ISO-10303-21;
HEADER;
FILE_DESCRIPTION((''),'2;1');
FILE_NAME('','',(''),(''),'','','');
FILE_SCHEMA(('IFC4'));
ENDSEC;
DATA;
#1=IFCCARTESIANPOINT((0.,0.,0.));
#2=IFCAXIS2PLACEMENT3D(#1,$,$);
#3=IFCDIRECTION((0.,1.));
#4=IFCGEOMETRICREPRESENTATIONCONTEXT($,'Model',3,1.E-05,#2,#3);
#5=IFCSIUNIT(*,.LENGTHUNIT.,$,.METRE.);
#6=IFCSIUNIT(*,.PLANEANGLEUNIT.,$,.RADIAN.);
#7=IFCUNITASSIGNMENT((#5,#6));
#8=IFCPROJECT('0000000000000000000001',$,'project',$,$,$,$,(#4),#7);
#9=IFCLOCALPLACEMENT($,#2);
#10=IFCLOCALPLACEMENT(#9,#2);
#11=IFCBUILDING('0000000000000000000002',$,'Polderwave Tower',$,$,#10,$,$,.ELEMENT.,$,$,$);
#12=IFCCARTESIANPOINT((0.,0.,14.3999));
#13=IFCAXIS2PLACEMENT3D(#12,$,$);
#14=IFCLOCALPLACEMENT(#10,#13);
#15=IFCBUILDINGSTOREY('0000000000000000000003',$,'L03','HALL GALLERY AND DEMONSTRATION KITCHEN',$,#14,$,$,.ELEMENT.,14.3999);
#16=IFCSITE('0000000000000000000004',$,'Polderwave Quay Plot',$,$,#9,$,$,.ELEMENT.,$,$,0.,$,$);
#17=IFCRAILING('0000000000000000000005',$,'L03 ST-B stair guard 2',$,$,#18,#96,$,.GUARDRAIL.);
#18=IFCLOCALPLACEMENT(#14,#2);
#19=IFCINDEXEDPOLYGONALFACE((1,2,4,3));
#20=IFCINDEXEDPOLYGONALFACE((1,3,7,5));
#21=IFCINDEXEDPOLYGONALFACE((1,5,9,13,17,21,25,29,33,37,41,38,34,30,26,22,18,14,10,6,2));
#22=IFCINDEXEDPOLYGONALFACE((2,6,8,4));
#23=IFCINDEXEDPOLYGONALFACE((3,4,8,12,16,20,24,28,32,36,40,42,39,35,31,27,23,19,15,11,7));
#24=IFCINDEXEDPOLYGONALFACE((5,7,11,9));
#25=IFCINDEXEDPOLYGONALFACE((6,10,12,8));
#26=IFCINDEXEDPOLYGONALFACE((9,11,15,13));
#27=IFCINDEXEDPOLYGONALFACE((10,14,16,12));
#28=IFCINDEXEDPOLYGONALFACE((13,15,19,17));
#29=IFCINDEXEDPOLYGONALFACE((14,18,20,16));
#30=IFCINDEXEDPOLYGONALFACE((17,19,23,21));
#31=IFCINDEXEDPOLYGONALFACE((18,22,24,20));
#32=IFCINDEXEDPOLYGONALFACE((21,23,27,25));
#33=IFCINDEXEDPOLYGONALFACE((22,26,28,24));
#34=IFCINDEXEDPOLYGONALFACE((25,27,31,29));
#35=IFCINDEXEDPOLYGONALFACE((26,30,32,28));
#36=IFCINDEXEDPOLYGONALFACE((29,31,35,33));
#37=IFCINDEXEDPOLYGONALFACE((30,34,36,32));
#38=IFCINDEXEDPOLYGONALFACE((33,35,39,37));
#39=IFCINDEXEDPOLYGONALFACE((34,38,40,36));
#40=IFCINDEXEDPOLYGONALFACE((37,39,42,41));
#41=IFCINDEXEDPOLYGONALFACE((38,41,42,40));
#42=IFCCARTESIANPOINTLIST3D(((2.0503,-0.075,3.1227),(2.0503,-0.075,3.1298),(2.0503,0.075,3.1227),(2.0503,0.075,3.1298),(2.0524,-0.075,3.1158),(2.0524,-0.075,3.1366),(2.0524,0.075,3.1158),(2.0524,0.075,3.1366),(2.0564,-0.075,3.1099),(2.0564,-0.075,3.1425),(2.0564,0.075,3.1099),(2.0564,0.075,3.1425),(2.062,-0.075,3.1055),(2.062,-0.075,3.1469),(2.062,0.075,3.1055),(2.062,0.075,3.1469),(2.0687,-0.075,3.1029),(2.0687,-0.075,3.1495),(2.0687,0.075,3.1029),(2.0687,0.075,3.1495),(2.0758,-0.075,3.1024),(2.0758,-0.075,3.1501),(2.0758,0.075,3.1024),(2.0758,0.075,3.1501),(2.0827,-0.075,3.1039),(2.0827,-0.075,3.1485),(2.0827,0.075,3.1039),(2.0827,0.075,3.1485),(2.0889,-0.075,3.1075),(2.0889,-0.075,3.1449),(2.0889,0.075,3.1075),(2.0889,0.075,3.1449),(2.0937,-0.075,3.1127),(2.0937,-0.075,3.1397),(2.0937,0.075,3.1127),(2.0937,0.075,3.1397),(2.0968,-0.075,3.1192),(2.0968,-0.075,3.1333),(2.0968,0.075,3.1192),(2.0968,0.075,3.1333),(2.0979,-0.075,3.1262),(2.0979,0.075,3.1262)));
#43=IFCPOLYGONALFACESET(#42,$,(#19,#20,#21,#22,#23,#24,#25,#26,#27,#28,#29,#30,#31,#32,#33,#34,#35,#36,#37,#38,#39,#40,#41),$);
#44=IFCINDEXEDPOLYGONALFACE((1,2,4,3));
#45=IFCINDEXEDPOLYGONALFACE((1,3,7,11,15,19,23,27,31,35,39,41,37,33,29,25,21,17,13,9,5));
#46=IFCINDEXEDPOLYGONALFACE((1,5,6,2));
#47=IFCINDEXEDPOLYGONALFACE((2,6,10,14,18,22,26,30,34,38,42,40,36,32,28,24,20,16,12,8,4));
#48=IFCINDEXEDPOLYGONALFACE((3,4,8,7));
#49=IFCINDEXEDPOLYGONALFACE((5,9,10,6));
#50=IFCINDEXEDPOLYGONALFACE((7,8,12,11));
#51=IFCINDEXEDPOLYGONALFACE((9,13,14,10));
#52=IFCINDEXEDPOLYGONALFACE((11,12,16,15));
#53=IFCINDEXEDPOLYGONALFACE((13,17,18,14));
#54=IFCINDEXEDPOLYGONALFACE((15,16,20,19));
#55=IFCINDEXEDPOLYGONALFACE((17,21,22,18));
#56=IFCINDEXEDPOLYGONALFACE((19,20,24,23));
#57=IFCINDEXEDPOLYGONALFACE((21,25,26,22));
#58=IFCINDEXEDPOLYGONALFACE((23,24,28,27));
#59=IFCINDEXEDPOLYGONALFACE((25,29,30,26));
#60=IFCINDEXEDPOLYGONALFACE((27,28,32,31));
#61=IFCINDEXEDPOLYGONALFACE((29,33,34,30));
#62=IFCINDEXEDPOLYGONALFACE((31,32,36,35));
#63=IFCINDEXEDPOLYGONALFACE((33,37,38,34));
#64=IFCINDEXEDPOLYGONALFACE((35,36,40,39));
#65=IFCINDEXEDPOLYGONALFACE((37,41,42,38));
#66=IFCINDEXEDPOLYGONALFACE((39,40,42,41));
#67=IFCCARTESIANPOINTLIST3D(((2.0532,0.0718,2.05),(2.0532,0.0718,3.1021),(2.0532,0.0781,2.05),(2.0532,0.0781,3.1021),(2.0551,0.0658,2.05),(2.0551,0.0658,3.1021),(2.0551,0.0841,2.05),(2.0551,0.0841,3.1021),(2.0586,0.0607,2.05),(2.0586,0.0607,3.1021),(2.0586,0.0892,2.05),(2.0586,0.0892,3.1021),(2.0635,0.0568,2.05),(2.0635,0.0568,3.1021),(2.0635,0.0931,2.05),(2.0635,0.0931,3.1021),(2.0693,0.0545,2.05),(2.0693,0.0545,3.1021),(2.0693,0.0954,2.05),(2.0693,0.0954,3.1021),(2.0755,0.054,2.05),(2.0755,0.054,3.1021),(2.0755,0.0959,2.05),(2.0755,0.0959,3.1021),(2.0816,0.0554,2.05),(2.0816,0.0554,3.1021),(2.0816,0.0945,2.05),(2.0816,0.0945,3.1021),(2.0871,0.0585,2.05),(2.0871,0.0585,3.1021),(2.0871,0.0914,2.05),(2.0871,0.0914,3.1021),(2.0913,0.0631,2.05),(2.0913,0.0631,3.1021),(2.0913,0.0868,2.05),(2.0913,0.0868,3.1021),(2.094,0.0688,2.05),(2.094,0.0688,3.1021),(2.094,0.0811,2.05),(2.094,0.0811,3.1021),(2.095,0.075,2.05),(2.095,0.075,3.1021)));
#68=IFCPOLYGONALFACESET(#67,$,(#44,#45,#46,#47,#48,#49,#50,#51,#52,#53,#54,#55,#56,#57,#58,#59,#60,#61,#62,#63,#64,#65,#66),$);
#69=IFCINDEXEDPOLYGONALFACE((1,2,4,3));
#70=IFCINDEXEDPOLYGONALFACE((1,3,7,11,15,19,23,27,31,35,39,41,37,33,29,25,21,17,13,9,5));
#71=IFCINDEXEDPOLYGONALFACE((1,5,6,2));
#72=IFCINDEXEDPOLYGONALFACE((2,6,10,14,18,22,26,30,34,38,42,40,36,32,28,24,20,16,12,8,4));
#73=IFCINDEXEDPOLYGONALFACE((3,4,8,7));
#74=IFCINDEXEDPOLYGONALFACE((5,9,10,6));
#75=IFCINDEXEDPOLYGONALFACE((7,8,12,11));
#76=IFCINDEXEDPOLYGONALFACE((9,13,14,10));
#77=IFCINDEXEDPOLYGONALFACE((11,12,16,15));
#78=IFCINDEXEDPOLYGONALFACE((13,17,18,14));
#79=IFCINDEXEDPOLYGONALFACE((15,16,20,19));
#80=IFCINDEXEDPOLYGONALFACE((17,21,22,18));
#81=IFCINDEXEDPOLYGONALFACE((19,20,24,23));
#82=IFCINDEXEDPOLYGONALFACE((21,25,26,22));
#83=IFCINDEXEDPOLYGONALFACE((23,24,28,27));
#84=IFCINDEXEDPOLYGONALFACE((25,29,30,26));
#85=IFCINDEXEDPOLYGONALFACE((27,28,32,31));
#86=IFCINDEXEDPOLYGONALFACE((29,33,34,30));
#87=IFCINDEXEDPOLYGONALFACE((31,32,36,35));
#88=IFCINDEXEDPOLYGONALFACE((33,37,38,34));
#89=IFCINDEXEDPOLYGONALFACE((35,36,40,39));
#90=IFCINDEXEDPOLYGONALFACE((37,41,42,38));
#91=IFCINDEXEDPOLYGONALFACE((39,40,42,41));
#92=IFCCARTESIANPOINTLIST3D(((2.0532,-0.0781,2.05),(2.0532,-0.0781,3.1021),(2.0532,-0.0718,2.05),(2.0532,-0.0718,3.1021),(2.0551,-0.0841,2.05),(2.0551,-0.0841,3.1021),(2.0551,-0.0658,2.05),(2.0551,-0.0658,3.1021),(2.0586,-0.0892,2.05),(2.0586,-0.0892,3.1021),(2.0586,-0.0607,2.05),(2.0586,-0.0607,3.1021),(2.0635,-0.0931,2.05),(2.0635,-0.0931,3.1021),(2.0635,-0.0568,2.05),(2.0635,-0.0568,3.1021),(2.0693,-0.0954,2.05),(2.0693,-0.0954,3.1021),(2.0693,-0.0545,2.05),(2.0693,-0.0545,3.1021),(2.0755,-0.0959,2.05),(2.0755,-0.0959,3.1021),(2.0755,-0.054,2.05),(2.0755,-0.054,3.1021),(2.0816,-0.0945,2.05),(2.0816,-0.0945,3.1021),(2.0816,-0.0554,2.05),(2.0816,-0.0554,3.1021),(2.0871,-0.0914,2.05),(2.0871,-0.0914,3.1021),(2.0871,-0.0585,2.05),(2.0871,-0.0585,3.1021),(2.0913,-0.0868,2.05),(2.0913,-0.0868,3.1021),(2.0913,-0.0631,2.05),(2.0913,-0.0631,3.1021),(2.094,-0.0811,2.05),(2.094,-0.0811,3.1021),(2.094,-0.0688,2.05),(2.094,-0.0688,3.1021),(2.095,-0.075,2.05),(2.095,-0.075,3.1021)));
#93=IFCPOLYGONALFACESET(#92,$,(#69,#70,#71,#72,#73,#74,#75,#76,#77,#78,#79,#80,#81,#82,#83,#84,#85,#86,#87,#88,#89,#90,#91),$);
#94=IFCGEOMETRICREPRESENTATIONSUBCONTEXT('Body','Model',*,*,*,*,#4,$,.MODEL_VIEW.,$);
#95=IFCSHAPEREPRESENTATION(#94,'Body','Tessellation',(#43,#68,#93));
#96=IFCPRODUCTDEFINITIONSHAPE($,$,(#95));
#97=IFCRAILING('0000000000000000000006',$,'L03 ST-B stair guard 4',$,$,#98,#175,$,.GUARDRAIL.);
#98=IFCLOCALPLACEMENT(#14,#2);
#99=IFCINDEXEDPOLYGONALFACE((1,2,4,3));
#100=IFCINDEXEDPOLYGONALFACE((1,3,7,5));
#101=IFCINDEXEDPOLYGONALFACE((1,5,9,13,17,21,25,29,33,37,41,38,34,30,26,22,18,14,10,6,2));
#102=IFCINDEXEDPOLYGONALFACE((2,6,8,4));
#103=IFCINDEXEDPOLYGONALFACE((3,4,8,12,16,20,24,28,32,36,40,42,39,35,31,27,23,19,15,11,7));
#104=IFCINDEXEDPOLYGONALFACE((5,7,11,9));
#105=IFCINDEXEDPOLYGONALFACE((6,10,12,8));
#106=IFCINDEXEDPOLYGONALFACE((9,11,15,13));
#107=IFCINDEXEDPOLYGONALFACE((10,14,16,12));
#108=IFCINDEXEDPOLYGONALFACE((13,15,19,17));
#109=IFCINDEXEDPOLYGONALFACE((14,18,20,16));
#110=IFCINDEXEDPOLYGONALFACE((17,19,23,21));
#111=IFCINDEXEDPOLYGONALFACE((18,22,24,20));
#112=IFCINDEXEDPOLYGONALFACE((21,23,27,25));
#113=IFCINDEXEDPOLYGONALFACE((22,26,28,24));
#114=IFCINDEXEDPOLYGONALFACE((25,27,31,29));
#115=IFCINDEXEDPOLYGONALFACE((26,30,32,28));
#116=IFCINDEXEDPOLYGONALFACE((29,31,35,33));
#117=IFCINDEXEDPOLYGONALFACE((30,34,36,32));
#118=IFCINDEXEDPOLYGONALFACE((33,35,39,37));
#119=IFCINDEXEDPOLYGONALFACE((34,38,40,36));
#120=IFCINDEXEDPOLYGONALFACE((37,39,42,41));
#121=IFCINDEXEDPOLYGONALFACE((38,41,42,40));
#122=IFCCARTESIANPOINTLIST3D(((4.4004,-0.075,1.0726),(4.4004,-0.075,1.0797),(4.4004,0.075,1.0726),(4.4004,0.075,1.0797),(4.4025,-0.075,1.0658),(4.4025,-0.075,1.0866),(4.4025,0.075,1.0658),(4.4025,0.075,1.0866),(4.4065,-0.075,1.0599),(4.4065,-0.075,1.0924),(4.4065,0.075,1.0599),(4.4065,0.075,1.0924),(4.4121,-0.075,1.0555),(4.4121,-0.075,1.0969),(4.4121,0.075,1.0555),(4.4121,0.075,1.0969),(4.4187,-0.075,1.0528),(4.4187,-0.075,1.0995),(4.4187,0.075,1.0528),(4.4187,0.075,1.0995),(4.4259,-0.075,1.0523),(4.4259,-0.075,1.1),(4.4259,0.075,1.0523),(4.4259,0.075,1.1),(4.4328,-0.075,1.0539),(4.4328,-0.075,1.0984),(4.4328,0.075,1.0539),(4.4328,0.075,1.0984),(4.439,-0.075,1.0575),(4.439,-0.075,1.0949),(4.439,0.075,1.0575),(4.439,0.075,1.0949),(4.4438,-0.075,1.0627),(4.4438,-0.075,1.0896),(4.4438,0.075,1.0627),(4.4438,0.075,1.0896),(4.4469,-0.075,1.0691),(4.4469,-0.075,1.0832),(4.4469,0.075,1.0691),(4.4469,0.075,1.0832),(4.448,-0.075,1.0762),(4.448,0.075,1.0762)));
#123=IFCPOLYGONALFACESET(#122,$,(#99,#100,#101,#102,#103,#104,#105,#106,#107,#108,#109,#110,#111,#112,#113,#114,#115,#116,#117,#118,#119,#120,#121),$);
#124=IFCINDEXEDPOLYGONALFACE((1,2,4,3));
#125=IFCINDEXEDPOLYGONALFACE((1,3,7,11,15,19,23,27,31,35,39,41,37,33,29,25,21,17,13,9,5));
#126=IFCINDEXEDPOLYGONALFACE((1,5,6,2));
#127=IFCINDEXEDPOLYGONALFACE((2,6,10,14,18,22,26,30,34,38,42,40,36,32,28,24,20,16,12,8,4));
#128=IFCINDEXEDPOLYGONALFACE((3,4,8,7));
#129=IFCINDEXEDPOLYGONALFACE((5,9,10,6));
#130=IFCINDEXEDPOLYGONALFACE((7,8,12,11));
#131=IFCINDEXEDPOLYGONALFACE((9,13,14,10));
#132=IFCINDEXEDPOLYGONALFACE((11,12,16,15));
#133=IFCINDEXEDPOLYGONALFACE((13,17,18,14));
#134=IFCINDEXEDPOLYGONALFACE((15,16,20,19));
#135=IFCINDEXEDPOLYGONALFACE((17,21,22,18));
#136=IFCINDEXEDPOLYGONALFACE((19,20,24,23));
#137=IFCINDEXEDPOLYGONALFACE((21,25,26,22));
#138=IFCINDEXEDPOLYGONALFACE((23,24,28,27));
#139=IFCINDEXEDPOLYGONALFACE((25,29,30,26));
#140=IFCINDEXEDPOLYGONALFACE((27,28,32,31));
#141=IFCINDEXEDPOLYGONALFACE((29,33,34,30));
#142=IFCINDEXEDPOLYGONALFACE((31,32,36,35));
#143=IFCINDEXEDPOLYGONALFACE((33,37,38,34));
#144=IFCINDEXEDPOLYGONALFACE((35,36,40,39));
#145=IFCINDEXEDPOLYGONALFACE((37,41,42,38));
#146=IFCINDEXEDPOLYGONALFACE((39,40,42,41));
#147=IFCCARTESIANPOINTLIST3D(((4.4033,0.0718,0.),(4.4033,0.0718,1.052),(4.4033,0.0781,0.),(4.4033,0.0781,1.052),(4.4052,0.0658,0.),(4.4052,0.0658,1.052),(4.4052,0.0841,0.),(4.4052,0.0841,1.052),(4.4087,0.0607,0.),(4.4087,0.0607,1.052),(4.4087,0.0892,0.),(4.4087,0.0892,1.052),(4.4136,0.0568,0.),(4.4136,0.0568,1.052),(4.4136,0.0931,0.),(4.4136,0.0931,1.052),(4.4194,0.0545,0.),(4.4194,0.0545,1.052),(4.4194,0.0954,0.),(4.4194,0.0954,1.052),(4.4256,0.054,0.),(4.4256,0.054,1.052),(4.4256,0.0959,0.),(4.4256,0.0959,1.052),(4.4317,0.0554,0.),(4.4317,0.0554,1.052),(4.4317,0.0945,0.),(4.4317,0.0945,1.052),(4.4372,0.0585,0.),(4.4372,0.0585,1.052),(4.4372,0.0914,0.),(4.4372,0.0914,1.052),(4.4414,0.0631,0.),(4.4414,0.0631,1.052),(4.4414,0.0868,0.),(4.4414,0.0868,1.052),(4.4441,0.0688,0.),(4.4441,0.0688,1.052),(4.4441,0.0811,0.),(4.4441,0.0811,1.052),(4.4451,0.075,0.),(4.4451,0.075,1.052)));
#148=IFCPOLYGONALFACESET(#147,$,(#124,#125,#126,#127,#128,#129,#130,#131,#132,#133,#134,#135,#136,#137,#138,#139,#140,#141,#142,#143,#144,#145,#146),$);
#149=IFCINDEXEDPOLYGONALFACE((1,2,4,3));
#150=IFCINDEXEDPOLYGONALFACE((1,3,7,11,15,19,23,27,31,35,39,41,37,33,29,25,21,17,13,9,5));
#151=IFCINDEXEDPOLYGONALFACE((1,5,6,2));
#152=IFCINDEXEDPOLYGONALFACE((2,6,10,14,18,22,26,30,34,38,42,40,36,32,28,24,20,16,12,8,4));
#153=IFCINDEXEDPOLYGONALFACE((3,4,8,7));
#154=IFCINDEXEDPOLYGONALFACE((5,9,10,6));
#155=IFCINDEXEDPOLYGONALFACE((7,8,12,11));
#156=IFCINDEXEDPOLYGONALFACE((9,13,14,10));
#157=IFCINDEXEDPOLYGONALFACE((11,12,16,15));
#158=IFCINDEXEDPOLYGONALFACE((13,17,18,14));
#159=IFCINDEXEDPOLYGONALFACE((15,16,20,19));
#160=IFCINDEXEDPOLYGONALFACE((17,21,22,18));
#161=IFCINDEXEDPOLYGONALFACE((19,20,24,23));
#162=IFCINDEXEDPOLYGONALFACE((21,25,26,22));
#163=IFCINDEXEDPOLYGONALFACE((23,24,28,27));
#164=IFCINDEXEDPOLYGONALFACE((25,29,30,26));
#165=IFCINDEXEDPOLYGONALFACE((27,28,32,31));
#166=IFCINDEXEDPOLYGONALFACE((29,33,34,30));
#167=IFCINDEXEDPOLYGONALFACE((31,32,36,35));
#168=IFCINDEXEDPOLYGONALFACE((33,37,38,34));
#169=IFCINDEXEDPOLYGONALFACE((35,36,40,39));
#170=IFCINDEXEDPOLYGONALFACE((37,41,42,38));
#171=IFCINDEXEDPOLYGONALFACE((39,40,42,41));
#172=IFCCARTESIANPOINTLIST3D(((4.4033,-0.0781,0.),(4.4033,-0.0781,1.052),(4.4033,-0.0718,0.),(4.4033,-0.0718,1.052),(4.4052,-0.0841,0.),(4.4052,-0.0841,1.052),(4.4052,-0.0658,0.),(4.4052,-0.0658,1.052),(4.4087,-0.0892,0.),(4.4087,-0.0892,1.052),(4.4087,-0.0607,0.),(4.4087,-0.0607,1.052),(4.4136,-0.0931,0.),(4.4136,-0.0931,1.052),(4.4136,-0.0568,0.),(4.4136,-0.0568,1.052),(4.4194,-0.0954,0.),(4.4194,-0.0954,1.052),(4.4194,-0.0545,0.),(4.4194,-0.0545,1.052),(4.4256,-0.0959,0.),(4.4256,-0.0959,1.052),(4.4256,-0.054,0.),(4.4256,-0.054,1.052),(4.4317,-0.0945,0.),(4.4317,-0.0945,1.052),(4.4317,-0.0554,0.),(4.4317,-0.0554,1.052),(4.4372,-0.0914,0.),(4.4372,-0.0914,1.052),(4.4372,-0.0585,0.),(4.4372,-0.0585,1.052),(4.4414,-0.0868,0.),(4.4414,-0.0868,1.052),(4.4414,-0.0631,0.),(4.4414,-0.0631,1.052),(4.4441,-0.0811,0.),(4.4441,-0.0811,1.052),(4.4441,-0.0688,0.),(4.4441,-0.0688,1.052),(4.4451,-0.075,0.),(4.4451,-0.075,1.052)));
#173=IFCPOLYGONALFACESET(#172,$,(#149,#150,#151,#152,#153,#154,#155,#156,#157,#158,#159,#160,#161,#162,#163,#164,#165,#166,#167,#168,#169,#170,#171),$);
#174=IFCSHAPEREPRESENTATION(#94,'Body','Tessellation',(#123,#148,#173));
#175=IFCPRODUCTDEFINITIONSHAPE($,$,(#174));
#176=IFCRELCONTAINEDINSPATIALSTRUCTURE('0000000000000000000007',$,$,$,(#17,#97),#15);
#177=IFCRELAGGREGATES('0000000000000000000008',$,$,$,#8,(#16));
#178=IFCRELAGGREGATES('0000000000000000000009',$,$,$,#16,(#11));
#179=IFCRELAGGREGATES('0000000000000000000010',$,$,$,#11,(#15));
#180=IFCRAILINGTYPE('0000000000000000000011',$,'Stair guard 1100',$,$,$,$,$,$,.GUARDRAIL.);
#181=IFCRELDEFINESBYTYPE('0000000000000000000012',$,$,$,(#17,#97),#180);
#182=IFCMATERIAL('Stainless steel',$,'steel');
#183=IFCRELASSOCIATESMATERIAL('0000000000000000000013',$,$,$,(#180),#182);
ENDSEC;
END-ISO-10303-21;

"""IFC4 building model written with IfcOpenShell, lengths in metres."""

from ifc_helpers import new_model, si_unit, direction, frame, origin, origin_2d, place, context, subcontext, project, spatial, circle, extrude, material, type_object, element, save


model = new_model("IFC4")

# Units and contexts
model_context = context("Model", 3, precision=1e-05, world=origin(), true_north=direction((0.0, 1.0)))
body_context = subcontext(model_context, "Body", "Model", "MODEL_VIEW")
ifc_project = project(units=[si_unit("LENGTHUNIT", "METRE"), si_unit("PLANEANGLEUNIT", "RADIAN")], contexts=[model_context])

# Site, building, storey
site_placement = place(None, origin())
site = spatial("IfcSite", under=ifc_project, at=site_placement, Name="Polderwave Quay Plot", CompositionType="ELEMENT", RefElevation=0.0)
building_placement = place(site_placement, origin())
building = spatial("IfcBuilding", under=site, at=building_placement, Name="Polderwave Tower", CompositionType="ELEMENT")
storey_placement = place(building_placement, frame((0.0, 0.0, 14.3999)))
storey = spatial("IfcBuildingStorey", under=building, at=storey_placement, Name="L03", Description="HALL GALLERY AND DEMONSTRATION KITCHEN", CompositionType="ELEMENT", Elevation=14.3999)

# Railings
ifc_material_1 = material(Name="Stainless steel", Category="steel")
railing_type_1 = type_object("IfcRailingType", Name="Stair guard 1100", PredefinedType="GUARDRAIL", material=ifc_material_1)
for number, where, name in (
    (1, (2.074, 0.075, 2.05), "L03 ST-B stair guard 2"),
    (2, (4.4241, 0.075, 0.0), "L03 ST-B stair guard 4"),
):
    element("IfcRailing", number, at=place(storey_placement, frame(where)), inside=storey, type_object=railing_type_1, Name=name, PredefinedType="GUARDRAIL", context=body_context, shape_type="SweptSolid", body=[
        extrude(circle(Radius=0.0239, at=origin_2d()), frame((0.0, 0.0, 1.0762), z_axis=(0.0, -1.0, 0.0), x_axis=(1.0, 0.0, 0.0)), (0.0, 0.0, 1.0), 0.1499),
        extrude(circle(Radius=0.021, at=origin_2d()), origin(), (0.0, 0.0, 1.0), 1.052),
        extrude(circle(Radius=0.021, at=origin_2d()), frame((0.0, -0.1499, 0.0)), (0.0, 0.0, 1.0), 1.052),
    ])

save(model, "model.ifc")
